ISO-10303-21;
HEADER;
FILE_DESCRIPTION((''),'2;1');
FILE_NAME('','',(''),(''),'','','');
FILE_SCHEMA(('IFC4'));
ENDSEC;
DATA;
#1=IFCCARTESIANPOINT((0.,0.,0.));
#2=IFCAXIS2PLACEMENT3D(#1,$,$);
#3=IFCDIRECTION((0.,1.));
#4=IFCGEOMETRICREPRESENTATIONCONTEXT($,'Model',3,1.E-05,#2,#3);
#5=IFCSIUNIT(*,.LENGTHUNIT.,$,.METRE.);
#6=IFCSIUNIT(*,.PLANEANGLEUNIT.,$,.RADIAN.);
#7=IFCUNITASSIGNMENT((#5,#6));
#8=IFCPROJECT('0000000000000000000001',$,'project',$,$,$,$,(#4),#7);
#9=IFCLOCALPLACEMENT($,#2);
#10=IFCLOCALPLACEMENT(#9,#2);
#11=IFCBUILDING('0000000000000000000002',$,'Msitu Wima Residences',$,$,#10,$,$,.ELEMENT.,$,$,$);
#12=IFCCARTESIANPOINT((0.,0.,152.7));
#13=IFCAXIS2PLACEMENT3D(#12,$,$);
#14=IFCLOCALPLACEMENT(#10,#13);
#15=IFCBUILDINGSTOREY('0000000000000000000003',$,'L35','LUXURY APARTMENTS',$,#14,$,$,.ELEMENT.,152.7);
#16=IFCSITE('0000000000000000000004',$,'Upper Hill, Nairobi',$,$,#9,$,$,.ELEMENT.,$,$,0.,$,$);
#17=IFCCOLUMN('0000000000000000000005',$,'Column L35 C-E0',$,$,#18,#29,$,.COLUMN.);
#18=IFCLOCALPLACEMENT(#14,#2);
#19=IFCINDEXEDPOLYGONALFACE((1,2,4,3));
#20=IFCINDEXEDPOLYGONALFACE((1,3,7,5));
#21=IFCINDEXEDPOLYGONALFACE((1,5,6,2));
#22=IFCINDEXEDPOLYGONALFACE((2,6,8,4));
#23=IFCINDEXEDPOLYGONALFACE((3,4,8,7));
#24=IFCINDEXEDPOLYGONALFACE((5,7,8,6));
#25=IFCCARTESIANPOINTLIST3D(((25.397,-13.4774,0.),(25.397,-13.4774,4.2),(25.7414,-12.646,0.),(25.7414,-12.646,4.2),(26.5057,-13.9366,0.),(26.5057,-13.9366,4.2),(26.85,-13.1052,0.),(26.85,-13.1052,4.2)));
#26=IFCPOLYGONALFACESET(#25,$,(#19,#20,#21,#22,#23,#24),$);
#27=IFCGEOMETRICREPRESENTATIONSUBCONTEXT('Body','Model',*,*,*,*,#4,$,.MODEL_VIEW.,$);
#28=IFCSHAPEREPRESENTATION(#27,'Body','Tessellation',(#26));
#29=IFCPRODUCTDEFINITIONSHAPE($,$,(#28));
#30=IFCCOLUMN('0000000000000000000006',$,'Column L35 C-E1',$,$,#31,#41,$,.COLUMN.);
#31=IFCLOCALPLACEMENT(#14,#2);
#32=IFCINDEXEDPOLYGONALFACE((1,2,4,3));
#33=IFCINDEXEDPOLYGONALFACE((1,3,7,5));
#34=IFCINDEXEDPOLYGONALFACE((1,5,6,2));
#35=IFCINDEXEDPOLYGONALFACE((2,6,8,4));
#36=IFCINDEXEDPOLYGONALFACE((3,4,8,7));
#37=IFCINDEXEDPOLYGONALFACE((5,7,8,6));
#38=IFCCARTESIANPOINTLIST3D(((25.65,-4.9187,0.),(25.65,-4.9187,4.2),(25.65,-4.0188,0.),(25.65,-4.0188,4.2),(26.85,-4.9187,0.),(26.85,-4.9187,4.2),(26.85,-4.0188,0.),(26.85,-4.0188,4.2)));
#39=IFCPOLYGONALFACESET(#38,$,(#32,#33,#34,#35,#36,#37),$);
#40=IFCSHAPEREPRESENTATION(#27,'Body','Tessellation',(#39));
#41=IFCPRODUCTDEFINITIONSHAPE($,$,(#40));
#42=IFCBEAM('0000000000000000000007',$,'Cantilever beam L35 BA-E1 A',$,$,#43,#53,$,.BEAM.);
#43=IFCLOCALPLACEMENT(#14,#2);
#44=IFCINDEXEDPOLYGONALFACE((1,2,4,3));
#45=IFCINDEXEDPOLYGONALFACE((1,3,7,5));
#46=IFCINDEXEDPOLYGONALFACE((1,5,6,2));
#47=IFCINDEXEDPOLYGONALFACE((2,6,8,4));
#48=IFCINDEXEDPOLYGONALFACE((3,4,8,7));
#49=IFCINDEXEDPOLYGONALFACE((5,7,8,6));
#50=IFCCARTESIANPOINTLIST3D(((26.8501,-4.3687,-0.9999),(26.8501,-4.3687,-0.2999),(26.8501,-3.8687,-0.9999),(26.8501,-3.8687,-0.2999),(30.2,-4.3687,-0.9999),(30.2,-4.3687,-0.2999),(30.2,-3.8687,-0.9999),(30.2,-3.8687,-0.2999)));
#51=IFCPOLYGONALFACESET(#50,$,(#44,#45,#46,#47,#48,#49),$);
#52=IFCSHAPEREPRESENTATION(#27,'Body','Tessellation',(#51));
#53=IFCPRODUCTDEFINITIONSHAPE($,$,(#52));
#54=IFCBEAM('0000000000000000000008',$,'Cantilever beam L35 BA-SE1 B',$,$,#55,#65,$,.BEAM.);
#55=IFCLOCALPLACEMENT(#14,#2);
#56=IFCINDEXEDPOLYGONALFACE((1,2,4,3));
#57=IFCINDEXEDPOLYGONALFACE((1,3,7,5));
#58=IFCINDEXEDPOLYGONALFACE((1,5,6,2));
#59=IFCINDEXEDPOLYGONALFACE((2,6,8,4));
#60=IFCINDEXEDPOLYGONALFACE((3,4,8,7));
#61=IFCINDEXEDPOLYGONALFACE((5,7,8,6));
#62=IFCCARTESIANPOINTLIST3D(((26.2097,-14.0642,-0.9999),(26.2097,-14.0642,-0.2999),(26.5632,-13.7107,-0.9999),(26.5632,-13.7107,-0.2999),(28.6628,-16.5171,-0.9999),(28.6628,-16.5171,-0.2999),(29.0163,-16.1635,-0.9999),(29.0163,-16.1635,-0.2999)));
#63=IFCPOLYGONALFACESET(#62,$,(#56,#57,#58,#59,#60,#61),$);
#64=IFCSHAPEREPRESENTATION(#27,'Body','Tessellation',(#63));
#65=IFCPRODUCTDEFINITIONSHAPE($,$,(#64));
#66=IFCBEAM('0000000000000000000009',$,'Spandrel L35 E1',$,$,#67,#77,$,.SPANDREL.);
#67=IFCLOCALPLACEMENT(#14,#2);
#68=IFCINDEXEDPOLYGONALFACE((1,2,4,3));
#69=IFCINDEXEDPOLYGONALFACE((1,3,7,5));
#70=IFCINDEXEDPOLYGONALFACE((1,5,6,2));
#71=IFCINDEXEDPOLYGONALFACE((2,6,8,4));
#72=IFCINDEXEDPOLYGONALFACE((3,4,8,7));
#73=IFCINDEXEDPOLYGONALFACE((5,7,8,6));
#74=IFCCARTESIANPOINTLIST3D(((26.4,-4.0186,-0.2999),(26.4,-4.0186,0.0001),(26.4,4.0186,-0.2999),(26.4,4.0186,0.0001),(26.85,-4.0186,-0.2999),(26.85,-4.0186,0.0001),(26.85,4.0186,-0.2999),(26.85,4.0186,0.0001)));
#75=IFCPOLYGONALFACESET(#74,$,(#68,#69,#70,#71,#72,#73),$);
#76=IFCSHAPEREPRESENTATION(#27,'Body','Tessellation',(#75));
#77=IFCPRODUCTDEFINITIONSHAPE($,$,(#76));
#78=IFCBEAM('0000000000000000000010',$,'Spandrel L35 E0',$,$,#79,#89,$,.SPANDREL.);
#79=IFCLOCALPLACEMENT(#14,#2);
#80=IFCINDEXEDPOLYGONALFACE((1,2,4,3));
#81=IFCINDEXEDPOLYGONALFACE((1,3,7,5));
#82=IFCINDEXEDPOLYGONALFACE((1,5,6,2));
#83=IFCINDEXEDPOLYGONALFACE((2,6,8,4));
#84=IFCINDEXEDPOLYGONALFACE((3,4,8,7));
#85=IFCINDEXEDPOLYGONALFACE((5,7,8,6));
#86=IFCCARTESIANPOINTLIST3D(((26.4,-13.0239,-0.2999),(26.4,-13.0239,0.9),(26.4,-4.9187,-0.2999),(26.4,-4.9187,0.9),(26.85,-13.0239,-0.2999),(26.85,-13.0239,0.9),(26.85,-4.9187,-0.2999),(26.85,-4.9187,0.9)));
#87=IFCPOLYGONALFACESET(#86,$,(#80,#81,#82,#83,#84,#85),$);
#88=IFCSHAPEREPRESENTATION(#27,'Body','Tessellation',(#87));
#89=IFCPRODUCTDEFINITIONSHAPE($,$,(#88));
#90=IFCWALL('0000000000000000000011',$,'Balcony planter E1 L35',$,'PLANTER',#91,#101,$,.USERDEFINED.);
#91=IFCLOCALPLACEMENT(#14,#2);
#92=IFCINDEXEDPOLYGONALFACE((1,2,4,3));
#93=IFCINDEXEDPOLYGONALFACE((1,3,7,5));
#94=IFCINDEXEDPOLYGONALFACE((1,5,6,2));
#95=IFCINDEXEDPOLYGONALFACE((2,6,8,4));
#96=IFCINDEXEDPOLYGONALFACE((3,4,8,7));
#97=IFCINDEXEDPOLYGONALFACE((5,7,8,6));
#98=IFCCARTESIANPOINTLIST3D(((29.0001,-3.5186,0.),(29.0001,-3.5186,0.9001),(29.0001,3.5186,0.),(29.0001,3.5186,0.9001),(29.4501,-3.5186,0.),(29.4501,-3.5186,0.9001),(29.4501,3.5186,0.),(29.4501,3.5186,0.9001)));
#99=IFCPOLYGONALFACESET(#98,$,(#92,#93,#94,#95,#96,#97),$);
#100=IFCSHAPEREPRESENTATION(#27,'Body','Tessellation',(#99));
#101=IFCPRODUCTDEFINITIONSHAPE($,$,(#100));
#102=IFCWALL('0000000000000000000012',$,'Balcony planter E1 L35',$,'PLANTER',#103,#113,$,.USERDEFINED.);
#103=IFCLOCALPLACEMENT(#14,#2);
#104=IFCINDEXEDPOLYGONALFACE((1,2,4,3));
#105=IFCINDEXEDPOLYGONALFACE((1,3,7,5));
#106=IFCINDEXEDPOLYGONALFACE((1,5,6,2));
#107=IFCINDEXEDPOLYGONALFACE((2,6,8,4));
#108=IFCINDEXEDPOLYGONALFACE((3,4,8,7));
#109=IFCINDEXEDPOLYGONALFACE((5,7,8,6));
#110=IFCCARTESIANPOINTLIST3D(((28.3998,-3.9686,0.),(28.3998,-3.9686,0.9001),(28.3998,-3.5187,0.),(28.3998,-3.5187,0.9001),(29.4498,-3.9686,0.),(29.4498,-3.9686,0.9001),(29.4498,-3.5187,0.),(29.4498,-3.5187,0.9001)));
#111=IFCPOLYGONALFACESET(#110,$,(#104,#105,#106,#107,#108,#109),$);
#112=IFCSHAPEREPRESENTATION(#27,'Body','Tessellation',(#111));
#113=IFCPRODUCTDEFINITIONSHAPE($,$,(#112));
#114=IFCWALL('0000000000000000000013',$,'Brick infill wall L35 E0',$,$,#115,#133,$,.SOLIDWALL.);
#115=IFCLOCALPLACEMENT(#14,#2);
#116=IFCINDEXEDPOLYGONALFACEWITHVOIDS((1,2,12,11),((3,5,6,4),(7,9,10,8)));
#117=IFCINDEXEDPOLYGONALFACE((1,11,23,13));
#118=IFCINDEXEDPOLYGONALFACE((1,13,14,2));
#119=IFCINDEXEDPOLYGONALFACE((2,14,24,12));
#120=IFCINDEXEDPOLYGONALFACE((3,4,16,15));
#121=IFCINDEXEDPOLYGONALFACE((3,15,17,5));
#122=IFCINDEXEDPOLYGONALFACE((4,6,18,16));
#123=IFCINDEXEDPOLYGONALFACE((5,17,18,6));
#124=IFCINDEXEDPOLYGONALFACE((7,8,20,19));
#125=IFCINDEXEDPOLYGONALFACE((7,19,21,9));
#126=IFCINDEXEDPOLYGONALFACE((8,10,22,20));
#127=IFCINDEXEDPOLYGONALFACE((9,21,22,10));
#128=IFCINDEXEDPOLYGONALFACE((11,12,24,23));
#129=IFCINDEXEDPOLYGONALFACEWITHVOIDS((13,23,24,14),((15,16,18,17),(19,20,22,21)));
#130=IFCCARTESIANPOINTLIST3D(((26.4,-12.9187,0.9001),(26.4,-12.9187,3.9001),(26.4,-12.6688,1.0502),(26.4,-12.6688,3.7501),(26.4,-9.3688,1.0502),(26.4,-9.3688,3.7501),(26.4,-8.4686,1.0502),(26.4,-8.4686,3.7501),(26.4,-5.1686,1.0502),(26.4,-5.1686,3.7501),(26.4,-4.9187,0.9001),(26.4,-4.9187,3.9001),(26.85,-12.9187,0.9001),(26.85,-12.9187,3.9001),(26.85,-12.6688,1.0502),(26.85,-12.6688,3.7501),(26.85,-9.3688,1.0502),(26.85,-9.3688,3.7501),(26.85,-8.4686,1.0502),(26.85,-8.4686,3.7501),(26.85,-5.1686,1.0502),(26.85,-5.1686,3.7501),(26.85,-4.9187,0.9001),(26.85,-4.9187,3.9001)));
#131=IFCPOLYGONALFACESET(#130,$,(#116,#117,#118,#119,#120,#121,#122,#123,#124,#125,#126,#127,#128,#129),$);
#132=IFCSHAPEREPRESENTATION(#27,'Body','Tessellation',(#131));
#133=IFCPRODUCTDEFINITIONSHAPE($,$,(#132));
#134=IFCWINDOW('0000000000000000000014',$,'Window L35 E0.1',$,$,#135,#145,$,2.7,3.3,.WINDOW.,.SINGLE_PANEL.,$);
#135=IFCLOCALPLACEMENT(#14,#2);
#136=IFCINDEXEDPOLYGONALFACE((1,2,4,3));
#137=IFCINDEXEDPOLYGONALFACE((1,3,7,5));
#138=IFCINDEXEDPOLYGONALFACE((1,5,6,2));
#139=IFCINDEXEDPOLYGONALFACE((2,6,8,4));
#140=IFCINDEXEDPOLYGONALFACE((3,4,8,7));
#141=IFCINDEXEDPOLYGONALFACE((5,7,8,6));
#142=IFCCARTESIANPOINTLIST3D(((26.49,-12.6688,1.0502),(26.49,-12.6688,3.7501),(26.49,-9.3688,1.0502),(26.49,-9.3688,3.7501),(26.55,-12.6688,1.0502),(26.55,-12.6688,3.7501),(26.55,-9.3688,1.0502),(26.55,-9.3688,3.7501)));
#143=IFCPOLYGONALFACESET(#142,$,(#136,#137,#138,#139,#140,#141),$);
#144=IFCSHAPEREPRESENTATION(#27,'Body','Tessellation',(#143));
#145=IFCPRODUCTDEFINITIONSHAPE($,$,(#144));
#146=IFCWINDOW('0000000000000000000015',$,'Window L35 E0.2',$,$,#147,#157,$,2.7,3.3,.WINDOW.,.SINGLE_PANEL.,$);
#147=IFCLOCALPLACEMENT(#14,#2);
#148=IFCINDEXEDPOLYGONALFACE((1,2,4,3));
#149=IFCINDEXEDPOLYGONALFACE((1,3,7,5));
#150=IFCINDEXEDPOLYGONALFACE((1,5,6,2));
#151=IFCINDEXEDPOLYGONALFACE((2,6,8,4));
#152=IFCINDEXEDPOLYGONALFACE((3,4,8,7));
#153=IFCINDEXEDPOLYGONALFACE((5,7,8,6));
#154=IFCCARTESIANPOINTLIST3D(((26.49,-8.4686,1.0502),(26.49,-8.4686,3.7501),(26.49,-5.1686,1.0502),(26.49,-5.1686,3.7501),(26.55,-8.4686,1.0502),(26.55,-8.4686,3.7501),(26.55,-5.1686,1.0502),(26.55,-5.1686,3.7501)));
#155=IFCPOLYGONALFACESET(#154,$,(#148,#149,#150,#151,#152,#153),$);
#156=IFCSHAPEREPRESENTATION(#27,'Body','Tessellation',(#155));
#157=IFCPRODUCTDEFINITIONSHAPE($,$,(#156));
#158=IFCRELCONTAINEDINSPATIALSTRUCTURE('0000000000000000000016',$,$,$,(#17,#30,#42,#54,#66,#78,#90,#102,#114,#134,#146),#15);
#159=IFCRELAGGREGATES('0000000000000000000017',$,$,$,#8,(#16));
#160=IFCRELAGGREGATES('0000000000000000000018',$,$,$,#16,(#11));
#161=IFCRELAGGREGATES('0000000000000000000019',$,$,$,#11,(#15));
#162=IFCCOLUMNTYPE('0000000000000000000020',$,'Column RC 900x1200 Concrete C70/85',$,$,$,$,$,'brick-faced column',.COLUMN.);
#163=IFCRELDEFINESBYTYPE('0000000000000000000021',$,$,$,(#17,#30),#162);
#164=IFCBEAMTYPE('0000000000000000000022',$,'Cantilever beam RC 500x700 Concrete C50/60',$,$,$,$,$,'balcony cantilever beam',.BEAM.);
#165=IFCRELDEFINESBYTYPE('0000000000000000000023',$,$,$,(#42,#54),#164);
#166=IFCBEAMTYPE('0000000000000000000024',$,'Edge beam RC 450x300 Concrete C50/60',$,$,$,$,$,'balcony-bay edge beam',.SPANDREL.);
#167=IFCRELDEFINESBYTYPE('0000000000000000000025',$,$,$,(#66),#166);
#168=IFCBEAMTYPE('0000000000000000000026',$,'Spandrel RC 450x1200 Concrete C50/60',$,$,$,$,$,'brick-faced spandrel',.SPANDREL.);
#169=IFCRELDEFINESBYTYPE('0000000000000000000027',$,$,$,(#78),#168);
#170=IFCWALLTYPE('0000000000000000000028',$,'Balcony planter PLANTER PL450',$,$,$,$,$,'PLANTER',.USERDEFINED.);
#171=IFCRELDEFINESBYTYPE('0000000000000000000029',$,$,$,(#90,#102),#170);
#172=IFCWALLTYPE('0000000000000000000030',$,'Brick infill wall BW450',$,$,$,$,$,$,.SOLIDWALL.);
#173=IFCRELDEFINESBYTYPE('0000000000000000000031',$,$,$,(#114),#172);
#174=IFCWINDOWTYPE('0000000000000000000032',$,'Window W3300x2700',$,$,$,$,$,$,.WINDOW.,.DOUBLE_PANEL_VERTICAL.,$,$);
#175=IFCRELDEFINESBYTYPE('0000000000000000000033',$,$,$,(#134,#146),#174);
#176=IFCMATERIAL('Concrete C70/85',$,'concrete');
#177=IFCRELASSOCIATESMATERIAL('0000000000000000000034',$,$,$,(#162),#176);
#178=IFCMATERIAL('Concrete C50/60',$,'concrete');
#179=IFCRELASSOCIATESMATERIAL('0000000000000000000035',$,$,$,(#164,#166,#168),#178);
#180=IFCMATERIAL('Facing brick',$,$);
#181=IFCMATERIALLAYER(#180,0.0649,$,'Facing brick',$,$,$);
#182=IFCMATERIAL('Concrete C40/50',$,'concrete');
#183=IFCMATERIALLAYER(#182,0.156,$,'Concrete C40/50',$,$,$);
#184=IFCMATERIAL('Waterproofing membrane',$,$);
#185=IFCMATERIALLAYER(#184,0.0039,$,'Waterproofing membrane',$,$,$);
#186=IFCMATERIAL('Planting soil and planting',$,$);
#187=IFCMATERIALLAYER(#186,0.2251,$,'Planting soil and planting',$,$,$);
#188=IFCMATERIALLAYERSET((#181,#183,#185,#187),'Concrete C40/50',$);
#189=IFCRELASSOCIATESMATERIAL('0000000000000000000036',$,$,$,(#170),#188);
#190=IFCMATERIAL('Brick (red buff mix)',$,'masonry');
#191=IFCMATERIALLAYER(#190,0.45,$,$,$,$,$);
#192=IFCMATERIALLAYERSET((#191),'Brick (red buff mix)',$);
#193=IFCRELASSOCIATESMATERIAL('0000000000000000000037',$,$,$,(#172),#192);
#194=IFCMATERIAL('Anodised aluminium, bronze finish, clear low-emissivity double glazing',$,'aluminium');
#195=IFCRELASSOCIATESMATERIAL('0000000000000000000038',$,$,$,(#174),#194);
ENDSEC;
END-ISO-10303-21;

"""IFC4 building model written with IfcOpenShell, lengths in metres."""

from ifc_helpers import new_model, si_unit, direction, frame, frame_2d, origin, origin_2d, place, context, subcontext, project, spatial, rectangle, extrude, material, layer, layer_set, material_profile, profile_set, type_object, element, fill, save


model = new_model("IFC4")

# Units and contexts
model_context = context("Model", 3, precision=1e-05, world=origin(), true_north=direction((0.0, 1.0)))
body_context = subcontext(model_context, "Body", "Model", "MODEL_VIEW")
ifc_project = project(units=[si_unit("LENGTHUNIT", "METRE"), si_unit("PLANEANGLEUNIT", "RADIAN")], contexts=[model_context])

# Site, building, storey
site_placement = place(None, origin())
site = spatial("IfcSite", under=ifc_project, at=site_placement, Name="Upper Hill, Nairobi", CompositionType="ELEMENT", RefElevation=0.0)
building_placement = place(site_placement, origin())
building = spatial("IfcBuilding", under=site, at=building_placement, Name="Msitu Wima Residences", CompositionType="ELEMENT")
storey_placement = place(building_placement, frame((0.0, 0.0, 152.7)))
storey = spatial("IfcBuildingStorey", under=building, at=storey_placement, Name="L35", Description="LUXURY APARTMENTS", CompositionType="ELEMENT", Elevation=152.7)

# Columns
ifc_material_1 = material(Name="Concrete C70/85", Category="concrete")
ifc_material_profile_1 = material_profile(ifc_material_1, rectangle(XDim=0.8999, YDim=1.2, at=origin_2d()), Name="RC 900x1200")
ifc_profile_set_1 = profile_set([ifc_material_profile_1], Name="Concrete C70/85")
column_type = type_object("IfcColumnType", Name="Column RC 900x1200 Concrete C70/85", ElementType="brick-faced column", PredefinedType="COLUMN", material=ifc_profile_set_1)
for number, where, z_axis, x_axis, name in (
    (1, (26.1235, -13.2913, 0.0), (0.0, 0.0, 1.0), (0.382683, 0.92388, 0.0), "Column L35 C-E0"),
    (2, (26.25, -4.4688, 0.0), (0.0, 0.0, 1.0), (0.0, 1.0, 0.0), "Column L35 C-E1"),
):
    element("IfcColumn", number, at=place(storey_placement, frame(where, z_axis=z_axis, x_axis=x_axis)), inside=storey, type_object=column_type, Name=name, PredefinedType="COLUMN", context=body_context, shape_type="SweptSolid", body=[
        extrude(rectangle(XDim=0.8999, YDim=1.2, at=origin_2d()), origin(), (0.0, 0.0, 1.0), 4.2),
    ])

# Beams
ifc_material_2 = material(Name="Concrete C50/60", Category="concrete")
ifc_material_profile_2 = material_profile(ifc_material_2, rectangle(XDim=0.5, YDim=0.7, at=origin_2d()), Name="RC 500x700")
ifc_profile_set_2 = profile_set([ifc_material_profile_2], Name="Concrete C50/60")
beam_type_1 = type_object("IfcBeamType", Name="Cantilever beam RC 500x700 Concrete C50/60", ElementType="balcony cantilever beam", PredefinedType="BEAM", material=ifc_profile_set_2)
beam_1_placement = place(storey_placement, frame((26.8501, -4.1187, -0.6499), z_axis=(1.0, 0.0, 0.0), x_axis=(0.0, 1.0, 0.0)))
element("IfcBeam", 3, at=beam_1_placement, inside=storey, type_object=beam_type_1, Name="Cantilever beam L35 BA-E1 A", PredefinedType="BEAM", context=body_context, shape_type="SweptSolid", body=[
    extrude(rectangle(XDim=0.5, YDim=0.7, at=origin_2d()), origin(), (0.0, 0.0, 1.0), 3.3499),
])
beam_2_placement = place(storey_placement, frame((26.3865, -13.8875, -0.6499), z_axis=(0.707142, -0.707072, 0.0), x_axis=(0.707072, 0.707142, 0.0)))
element("IfcBeam", 4, at=beam_2_placement, inside=storey, type_object=beam_type_1, Name="Cantilever beam L35 BA-SE1 B", PredefinedType="BEAM", context=body_context, shape_type="SweptSolid", body=[
    extrude(rectangle(XDim=0.5, YDim=0.7, at=origin_2d()), origin(), (0.0, 0.0, 1.0), 3.469),
])
ifc_material_profile_3 = material_profile(ifc_material_2, rectangle(XDim=0.45, YDim=0.3, at=origin_2d()), Name="RC 450x300")
ifc_profile_set_3 = profile_set([ifc_material_profile_3], Name="Concrete C50/60")
beam_type_2 = type_object("IfcBeamType", Name="Edge beam RC 450x300 Concrete C50/60", ElementType="balcony-bay edge beam", PredefinedType="SPANDREL", material=ifc_profile_set_3)
beam_3_placement = place(storey_placement, frame((26.625, -4.0186, -0.1499), z_axis=(0.0, 1.0, 0.0), x_axis=(-1.0, 0.0, 0.0)))
element("IfcBeam", 5, at=beam_3_placement, inside=storey, type_object=beam_type_2, Name="Spandrel L35 E1", PredefinedType="SPANDREL", context=body_context, shape_type="SweptSolid", body=[
    extrude(rectangle(XDim=0.45, YDim=0.3, at=origin_2d()), origin(), (0.0, 0.0, 1.0), 8.0371),
])
ifc_material_profile_4 = material_profile(ifc_material_2, rectangle(XDim=0.45, YDim=1.2, at=origin_2d()), Name="RC 450x1200")
ifc_profile_set_4 = profile_set([ifc_material_profile_4], Name="Concrete C50/60")
beam_type_3 = type_object("IfcBeamType", Name="Spandrel RC 450x1200 Concrete C50/60", ElementType="brick-faced spandrel", PredefinedType="SPANDREL", material=ifc_profile_set_4)
beam_4_placement = place(storey_placement, frame((26.625, -13.0239, 0.3), z_axis=(0.0, 1.0, 0.0), x_axis=(-1.0, 0.0, 0.0)))
element("IfcBeam", 6, at=beam_4_placement, inside=storey, type_object=beam_type_3, Name="Spandrel L35 E0", PredefinedType="SPANDREL", context=body_context, shape_type="SweptSolid", body=[
    extrude(rectangle(XDim=0.45, YDim=1.2, at=origin_2d()), origin(), (0.0, 0.0, 1.0), 8.1052),
])

# Walls
ifc_material_3 = material(Name="Facing brick")
ifc_layer_1 = layer(ifc_material_3, 0.0649, Name="Facing brick")
ifc_material_4 = material(Name="Concrete C40/50", Category="concrete")
ifc_layer_2 = layer(ifc_material_4, 0.156, Name="Concrete C40/50")
ifc_material_5 = material(Name="Waterproofing membrane")
ifc_layer_3 = layer(ifc_material_5, 0.0039, Name="Waterproofing membrane")
ifc_material_6 = material(Name="Planting soil and planting")
ifc_layer_4 = layer(ifc_material_6, 0.2251, Name="Planting soil and planting")
ifc_layer_set_1 = layer_set([ifc_layer_1, ifc_layer_2, ifc_layer_3, ifc_layer_4], Name="Concrete C40/50")
wall_type_1 = type_object("IfcWallType", Name="Balcony planter PLANTER PL450", ElementType="PLANTER", PredefinedType="USERDEFINED", material=ifc_layer_set_1)
wall_1_placement = place(storey_placement, frame((29.2251, -3.5186, 0.0), z_axis=(0.0, 0.0, 1.0), x_axis=(0.0, 1.0, 0.0)))
element("IfcWall", 7, at=wall_1_placement, inside=storey, type_object=wall_type_1, Name="Balcony planter E1 L35", ObjectType="PLANTER", PredefinedType="USERDEFINED", context=body_context, shape_type="SweptSolid", body=[
    extrude(rectangle(XDim=7.0371, YDim=0.45, at=frame_2d((3.5186, 0.0))), origin(), (0.0, 0.0, 1.0), 0.9001),
])
wall_2_placement = place(storey_placement, frame((28.3999, -3.7437, 0.0), z_axis=(0.0, 0.0, 1.0), x_axis=(1.0, 0.0, 0.0)))
element("IfcWall", 8, at=wall_2_placement, inside=storey, type_object=wall_type_1, Name="Balcony planter E1 L35", ObjectType="PLANTER", PredefinedType="USERDEFINED", context=body_context, shape_type="SweptSolid", body=[
    extrude(rectangle(XDim=1.05, YDim=0.45, at=frame_2d((0.5249, 0.0))), origin(), (0.0, 0.0, 1.0), 0.9001),
])

# Wall, openings, windows
ifc_material_7 = material(Name="Brick (red buff mix)", Category="masonry")
ifc_layer_5 = layer(ifc_material_7, 0.45)
ifc_layer_set_2 = layer_set([ifc_layer_5], Name="Brick (red buff mix)")
wall_type_2 = type_object("IfcWallType", Name="Brick infill wall BW450", PredefinedType="SOLIDWALL", material=ifc_layer_set_2)
wall_3_placement = place(storey_placement, frame((26.625, -12.9187, 0.9001), z_axis=(0.0, 0.0, 1.0), x_axis=(0.0, 1.0, 0.0)))
wall_3 = element("IfcWall", 9, at=wall_3_placement, inside=storey, type_object=wall_type_2, Name="Brick infill wall L35 E0", PredefinedType="SOLIDWALL", context=body_context, shape_type="SweptSolid", body=[
    extrude(rectangle(XDim=8.0, YDim=0.45, at=frame_2d((4.0, 0.0))), origin(), (0.0, 0.0, 1.0), 3.0),
])
opening_1_placement = place(wall_3_placement, frame((0.25, 0.0, 0.1499)))
opening_1 = element("IfcOpeningElement", 10, at=opening_1_placement, cuts=wall_3, PredefinedType="OPENING", context=body_context, shape_type="SweptSolid", body=[
    extrude(rectangle(XDim=3.3, YDim=2.7, at=frame_2d((1.6499, 1.3501))), frame((0.0, 0.2349, 0.0), z_axis=(0.0, -1.0, 0.0), x_axis=(1.0, 0.0, 0.0)), (0.0, 0.0, 1.0), 0.47),
])
opening_2_placement = place(wall_3_placement, frame((4.4502, 0.0, 0.1499)))
opening_2 = element("IfcOpeningElement", 11, at=opening_2_placement, cuts=wall_3, PredefinedType="OPENING", context=body_context, shape_type="SweptSolid", body=[
    extrude(rectangle(XDim=3.3, YDim=2.7, at=frame_2d((1.6499, 1.3501))), frame((0.0, 0.2349, 0.0), z_axis=(0.0, -1.0, 0.0), x_axis=(1.0, 0.0, 0.0)), (0.0, 0.0, 1.0), 0.47),
])
ifc_material_8 = material(Name="Anodised aluminium, bronze finish, clear low-emissivity double glazing", Category="aluminium")
window_type = type_object("IfcWindowType", Name="Window W3300x2700", PartitioningType="DOUBLE_PANEL_VERTICAL", PredefinedType="WINDOW", material=ifc_material_8)
window_1_placement = place(opening_1_placement, origin())
window_1 = element("IfcWindow", 12, at=window_1_placement, inside=storey, type_object=window_type, Name="Window L35 E0.1", OverallHeight=2.7, OverallWidth=3.3, PartitioningType="SINGLE_PANEL", PredefinedType="WINDOW", context=body_context, shape_type="SweptSolid", body=[
    extrude(rectangle(XDim=3.3, YDim=2.7, at=frame_2d((1.6499, 1.3501))), frame((0.0, 0.135, 0.0), z_axis=(0.0, -1.0, 0.0), x_axis=(1.0, 0.0, 0.0)), (0.0, 0.0, 1.0), 0.0601),
])
fill(opening_1, window_1)
window_2_placement = place(opening_2_placement, origin())
window_2 = element("IfcWindow", 13, at=window_2_placement, inside=storey, type_object=window_type, Name="Window L35 E0.2", OverallHeight=2.7, OverallWidth=3.3, PartitioningType="SINGLE_PANEL", PredefinedType="WINDOW", context=body_context, shape_type="SweptSolid", body=[
    extrude(rectangle(XDim=3.3, YDim=2.7, at=frame_2d((1.6499, 1.3501))), frame((0.0, 0.135, 0.0), z_axis=(0.0, -1.0, 0.0), x_axis=(1.0, 0.0, 0.0)), (0.0, 0.0, 1.0), 0.0601),
])
fill(opening_2, window_2)

save(model, "model.ifc")
